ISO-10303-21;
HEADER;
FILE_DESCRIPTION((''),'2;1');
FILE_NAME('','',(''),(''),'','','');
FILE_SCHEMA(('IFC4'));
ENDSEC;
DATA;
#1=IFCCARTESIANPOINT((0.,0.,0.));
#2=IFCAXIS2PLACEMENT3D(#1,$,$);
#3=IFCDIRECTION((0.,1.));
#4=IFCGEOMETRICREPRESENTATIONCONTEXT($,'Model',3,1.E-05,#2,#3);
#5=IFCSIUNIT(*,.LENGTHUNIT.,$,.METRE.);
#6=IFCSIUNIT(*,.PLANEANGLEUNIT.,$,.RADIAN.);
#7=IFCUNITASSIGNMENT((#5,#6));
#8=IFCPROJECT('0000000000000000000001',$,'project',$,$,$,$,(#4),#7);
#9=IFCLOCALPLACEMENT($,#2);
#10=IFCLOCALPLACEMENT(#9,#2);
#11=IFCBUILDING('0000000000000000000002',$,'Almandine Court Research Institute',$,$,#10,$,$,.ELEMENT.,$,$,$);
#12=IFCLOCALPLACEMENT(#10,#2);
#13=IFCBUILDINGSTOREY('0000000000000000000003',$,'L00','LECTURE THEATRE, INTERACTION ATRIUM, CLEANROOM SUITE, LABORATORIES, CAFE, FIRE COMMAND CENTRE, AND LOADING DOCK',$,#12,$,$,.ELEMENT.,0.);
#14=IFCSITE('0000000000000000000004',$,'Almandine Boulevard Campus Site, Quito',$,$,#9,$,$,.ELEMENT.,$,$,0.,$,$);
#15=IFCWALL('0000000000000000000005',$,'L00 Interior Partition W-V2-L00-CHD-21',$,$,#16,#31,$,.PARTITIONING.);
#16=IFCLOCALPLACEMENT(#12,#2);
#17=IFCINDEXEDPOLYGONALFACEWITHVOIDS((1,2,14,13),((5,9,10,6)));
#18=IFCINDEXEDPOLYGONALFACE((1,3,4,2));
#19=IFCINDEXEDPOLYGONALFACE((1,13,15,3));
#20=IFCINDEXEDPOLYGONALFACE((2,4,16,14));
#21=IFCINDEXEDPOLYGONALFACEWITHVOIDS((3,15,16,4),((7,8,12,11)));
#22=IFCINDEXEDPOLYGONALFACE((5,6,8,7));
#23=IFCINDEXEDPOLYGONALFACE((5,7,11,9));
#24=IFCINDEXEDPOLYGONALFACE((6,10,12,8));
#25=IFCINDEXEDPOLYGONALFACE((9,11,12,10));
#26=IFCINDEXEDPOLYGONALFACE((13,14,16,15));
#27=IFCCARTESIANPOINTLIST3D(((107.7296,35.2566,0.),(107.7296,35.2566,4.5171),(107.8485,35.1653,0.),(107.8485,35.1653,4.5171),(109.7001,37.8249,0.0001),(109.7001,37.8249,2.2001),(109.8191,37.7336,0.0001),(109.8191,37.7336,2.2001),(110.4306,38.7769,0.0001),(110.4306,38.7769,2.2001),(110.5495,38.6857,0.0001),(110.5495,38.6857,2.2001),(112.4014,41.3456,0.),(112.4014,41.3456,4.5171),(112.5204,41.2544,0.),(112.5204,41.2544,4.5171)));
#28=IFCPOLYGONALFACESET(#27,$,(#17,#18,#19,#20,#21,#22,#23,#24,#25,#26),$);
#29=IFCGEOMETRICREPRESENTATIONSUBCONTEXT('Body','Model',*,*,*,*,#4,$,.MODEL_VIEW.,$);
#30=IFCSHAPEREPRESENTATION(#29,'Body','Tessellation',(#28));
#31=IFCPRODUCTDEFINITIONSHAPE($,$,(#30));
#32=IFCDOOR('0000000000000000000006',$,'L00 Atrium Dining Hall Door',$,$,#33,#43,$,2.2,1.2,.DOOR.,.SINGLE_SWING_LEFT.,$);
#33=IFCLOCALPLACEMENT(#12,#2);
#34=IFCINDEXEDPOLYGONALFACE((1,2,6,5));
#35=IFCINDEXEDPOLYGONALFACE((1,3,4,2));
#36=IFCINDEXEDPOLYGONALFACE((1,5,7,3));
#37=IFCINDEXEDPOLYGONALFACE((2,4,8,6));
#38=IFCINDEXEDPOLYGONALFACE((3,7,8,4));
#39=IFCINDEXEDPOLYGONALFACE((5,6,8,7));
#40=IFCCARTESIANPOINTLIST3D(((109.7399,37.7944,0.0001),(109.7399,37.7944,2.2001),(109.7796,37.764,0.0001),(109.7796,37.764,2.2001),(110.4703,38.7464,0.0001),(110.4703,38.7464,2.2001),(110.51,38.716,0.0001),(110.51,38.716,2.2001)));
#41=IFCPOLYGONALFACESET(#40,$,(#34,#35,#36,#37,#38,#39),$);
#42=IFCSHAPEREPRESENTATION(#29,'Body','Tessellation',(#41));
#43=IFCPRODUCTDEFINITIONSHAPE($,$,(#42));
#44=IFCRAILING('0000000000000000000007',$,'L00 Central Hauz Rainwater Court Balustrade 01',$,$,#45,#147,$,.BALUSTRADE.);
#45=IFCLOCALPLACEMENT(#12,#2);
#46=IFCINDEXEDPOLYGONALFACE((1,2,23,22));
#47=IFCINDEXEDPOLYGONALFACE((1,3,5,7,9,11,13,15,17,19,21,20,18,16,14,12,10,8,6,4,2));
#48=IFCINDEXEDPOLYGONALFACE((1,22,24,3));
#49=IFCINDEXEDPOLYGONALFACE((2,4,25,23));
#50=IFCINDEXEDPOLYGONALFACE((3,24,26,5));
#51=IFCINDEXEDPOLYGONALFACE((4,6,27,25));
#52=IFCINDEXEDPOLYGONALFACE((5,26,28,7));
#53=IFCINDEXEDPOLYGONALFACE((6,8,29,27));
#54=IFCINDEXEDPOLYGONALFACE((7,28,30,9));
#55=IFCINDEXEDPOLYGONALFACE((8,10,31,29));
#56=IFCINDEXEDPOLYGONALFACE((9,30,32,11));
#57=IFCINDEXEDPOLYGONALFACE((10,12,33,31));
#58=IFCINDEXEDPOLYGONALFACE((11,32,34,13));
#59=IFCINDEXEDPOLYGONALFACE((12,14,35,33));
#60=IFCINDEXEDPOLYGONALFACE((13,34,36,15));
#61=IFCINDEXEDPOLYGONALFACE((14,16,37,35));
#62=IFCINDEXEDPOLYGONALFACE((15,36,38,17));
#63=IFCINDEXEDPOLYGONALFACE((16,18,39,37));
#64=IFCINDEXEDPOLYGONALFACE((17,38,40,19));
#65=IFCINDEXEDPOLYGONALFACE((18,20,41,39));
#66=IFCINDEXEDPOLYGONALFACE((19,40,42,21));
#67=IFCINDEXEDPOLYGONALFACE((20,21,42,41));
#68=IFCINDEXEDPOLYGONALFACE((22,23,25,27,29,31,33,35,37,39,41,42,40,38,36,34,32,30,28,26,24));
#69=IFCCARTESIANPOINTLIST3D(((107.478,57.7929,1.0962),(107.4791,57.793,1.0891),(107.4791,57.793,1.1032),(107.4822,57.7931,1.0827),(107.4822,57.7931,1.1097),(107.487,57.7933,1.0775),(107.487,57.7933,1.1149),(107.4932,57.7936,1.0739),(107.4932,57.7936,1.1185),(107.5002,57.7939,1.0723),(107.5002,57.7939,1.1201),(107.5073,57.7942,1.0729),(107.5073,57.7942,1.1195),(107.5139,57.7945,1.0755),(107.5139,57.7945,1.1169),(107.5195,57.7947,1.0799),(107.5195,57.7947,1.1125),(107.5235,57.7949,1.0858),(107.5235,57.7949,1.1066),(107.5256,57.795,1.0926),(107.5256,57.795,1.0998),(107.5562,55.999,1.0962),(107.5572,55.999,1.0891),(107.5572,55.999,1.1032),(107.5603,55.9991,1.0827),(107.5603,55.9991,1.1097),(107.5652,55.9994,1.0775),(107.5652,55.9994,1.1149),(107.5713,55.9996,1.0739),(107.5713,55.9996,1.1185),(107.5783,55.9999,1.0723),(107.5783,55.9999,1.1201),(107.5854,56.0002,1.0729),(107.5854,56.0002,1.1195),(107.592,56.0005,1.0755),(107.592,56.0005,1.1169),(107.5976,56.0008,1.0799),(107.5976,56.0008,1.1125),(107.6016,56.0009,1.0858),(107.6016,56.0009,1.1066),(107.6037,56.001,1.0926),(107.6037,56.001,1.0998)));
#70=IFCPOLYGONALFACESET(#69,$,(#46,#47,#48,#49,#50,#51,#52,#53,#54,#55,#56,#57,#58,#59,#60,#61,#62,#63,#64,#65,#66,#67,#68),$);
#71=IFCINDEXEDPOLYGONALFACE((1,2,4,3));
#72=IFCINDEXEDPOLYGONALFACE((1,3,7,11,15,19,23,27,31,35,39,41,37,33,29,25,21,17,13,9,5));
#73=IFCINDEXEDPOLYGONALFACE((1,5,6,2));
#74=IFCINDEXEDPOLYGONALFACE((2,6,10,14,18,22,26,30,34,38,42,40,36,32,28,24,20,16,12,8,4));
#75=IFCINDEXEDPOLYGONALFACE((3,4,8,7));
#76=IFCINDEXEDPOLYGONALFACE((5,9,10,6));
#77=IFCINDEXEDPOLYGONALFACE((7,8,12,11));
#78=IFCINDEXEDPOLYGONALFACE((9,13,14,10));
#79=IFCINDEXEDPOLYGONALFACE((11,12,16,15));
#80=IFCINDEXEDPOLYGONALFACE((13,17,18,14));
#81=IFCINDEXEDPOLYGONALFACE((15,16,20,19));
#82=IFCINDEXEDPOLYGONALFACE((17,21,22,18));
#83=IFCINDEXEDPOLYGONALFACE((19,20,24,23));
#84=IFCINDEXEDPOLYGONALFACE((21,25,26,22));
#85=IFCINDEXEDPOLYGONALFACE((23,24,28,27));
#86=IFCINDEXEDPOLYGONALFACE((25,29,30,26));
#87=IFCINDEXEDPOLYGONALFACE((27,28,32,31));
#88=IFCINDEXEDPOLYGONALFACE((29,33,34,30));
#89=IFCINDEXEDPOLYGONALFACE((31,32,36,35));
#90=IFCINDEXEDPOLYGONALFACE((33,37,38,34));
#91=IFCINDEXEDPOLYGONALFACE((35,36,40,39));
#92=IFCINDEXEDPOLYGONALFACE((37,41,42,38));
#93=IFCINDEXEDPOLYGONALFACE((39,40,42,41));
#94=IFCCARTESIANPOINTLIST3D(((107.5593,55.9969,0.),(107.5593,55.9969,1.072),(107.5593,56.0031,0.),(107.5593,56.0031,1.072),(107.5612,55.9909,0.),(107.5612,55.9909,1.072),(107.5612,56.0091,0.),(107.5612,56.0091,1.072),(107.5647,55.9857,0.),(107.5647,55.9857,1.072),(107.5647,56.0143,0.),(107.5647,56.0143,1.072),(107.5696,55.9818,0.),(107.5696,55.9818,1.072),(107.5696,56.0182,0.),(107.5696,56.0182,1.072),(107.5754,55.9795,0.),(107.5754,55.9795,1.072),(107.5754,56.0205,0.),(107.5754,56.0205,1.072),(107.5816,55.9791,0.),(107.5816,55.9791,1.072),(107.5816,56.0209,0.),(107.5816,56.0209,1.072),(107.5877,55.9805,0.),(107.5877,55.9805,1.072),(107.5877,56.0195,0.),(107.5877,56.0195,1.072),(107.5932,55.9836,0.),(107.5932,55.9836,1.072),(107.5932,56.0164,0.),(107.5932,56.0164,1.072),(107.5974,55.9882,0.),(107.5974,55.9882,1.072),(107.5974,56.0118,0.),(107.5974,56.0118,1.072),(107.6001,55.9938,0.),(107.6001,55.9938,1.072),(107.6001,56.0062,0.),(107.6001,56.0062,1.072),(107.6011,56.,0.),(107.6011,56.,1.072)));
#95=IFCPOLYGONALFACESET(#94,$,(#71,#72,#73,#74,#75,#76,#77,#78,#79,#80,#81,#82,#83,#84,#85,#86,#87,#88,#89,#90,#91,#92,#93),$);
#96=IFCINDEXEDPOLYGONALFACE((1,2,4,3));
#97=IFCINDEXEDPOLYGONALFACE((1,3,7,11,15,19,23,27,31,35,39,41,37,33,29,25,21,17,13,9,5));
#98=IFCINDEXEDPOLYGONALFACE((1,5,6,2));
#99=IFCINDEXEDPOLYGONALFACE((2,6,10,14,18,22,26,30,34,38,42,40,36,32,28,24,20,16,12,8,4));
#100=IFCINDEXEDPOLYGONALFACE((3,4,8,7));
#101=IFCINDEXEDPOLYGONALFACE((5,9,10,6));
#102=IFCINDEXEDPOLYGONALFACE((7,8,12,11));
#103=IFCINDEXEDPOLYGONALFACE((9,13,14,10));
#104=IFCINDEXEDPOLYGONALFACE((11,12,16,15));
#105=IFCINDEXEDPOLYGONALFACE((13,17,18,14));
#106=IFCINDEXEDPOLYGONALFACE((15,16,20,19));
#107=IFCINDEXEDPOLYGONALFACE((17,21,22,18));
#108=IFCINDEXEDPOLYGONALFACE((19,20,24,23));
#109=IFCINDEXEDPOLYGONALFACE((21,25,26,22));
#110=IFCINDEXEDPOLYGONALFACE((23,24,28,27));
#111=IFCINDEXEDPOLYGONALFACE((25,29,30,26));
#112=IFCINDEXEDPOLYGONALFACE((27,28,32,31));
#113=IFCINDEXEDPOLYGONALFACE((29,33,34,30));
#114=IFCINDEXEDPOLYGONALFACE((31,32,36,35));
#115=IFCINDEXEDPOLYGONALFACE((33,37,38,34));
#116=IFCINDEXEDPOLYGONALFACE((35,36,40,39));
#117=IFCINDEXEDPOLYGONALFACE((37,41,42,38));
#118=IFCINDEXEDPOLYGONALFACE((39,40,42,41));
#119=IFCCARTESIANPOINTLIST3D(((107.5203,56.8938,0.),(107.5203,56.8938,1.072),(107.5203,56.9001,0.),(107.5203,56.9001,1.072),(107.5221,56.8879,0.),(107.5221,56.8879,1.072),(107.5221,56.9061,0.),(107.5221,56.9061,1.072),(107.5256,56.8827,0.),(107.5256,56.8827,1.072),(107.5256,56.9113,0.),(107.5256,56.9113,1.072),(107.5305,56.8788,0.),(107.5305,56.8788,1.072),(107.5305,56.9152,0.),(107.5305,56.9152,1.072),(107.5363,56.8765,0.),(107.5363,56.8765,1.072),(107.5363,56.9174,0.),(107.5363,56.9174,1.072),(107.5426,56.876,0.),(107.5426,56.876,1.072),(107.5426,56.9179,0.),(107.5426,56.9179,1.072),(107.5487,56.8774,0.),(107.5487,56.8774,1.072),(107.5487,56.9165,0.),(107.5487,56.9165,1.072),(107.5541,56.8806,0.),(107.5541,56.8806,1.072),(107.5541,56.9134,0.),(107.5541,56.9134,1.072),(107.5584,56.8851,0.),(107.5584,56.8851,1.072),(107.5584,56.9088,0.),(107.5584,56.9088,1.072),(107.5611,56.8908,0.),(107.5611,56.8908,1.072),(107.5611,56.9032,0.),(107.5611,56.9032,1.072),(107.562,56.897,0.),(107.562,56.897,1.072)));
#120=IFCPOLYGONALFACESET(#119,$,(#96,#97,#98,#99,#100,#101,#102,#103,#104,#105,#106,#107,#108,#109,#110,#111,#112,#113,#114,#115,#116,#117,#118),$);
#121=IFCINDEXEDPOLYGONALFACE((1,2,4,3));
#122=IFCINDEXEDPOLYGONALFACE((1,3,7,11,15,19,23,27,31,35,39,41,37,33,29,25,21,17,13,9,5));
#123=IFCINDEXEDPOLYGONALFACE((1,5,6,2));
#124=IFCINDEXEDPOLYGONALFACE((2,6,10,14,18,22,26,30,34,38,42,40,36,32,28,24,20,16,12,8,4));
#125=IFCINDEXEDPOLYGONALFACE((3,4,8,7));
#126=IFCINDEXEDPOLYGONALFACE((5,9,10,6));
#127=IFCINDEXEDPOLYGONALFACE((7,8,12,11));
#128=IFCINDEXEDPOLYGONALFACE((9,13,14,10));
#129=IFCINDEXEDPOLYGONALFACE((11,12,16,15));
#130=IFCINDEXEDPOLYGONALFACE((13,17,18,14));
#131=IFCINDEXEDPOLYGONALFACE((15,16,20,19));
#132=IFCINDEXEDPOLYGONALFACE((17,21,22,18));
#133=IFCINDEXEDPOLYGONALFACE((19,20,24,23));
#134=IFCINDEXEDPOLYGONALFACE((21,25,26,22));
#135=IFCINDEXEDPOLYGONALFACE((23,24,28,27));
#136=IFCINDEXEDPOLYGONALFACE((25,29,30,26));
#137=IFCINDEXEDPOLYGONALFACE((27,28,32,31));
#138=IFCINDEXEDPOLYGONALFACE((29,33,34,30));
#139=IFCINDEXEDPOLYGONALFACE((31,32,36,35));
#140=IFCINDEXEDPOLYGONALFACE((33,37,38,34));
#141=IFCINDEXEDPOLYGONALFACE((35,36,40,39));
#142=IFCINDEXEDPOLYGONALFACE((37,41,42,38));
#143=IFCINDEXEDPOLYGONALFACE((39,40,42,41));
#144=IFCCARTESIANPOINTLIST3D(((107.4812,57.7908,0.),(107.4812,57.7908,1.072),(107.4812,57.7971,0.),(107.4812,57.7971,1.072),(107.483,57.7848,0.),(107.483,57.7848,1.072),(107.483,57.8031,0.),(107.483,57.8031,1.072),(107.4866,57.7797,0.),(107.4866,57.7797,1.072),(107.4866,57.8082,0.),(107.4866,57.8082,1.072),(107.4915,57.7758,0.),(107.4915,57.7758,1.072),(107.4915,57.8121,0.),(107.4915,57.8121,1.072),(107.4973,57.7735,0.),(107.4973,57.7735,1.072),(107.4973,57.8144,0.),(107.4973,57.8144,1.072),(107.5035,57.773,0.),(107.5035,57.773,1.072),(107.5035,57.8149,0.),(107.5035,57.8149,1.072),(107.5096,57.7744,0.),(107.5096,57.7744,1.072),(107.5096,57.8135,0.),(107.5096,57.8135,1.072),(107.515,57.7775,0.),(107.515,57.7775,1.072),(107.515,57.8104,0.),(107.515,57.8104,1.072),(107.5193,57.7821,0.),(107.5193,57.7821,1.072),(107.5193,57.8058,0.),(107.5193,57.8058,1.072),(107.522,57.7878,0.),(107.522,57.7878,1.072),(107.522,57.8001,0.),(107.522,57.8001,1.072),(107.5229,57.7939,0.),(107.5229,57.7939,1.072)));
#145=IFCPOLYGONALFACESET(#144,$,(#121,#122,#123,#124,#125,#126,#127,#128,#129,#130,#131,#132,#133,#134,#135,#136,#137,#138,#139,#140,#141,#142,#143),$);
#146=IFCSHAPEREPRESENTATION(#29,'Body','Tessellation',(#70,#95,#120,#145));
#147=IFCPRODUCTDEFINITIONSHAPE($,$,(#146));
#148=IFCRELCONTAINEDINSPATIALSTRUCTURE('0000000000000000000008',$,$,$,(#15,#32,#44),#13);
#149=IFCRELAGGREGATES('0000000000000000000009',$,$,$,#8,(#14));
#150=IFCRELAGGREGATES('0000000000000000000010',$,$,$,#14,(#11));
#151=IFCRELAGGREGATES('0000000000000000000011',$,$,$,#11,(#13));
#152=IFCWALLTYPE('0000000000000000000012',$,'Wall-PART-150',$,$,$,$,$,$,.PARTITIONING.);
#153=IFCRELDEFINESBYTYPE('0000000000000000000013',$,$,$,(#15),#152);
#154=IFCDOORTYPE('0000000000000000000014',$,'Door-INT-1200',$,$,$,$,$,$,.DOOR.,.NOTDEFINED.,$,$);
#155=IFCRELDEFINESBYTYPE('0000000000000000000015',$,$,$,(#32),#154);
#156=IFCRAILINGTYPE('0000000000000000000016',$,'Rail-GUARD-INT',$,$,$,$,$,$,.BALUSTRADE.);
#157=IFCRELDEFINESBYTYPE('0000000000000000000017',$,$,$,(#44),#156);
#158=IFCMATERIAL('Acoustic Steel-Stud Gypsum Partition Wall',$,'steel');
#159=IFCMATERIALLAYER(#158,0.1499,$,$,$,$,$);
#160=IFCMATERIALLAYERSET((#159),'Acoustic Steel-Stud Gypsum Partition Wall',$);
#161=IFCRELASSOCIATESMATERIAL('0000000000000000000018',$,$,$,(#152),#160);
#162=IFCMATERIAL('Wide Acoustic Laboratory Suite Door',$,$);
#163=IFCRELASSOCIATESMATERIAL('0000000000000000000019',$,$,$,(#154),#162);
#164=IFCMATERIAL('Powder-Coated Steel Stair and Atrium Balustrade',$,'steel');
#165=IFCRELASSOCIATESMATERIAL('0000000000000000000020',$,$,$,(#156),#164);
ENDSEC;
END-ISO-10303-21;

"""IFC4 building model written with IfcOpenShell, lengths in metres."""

from ifc_helpers import new_model, si_unit, direction, frame, frame_2d, origin, origin_2d, place, context, subcontext, project, spatial, rectangle, circle, extrude, material, layer, layer_set, type_object, element, fill, save


model = new_model("IFC4")

# Units and contexts
model_context = context("Model", 3, precision=1e-05, world=origin(), true_north=direction((0.0, 1.0)))
body_context = subcontext(model_context, "Body", "Model", "MODEL_VIEW")
ifc_project = project(units=[si_unit("LENGTHUNIT", "METRE"), si_unit("PLANEANGLEUNIT", "RADIAN")], contexts=[model_context])

# Site, building, storey
site_placement = place(None, origin())
site = spatial("IfcSite", under=ifc_project, at=site_placement, Name="Almandine Boulevard Campus Site, Quito", CompositionType="ELEMENT", RefElevation=0.0)
building_placement = place(site_placement, origin())
building = spatial("IfcBuilding", under=site, at=building_placement, Name="Almandine Court Research Institute", CompositionType="ELEMENT")
storey_placement = place(building_placement, origin())
storey = spatial("IfcBuildingStorey", under=building, at=storey_placement, Name="L00", Description="LECTURE THEATRE, INTERACTION ATRIUM, CLEANROOM SUITE, LABORATORIES, CAFE, FIRE COMMAND CENTRE, AND LOADING DOCK", CompositionType="ELEMENT", Elevation=0.0)

# Shared definitions
ifc_material_1 = material(Name="Acoustic Steel-Stud Gypsum Partition Wall", Category="steel")
ifc_layer = layer(ifc_material_1, 0.1499)
ifc_layer_set = layer_set([ifc_layer], Name="Acoustic Steel-Stud Gypsum Partition Wall")
wall_type = type_object("IfcWallType", Name="Wall-PART-150", PredefinedType="PARTITIONING", material=ifc_layer_set)

# Wall, opening, door
wall_1_placement = place(storey_placement, frame((107.7891, 35.2109, 0.0), z_axis=(0.0, 0.0, 1.0), x_axis=(0.608723, 0.793383, 0.0)))
wall_1 = element("IfcWall", 1, at=wall_1_placement, inside=storey, type_object=wall_type, Name="L00 Interior Partition W-V2-L00-CHD-21", PredefinedType="PARTITIONING", context=body_context, shape_type="SweptSolid", body=[
    extrude(rectangle(XDim=7.6748, YDim=0.1499, at=frame_2d((3.8374, 0.0))), origin(), (0.0, 0.0, 1.0), 4.5171),
])
opening_placement = place(wall_1_placement, frame((3.2371, 0.0, 0.0)))
opening = element("IfcOpeningElement", 2, at=opening_placement, cuts=wall_1, PredefinedType="OPENING", context=body_context, shape_type="SweptSolid", body=[
    extrude(rectangle(XDim=1.2, YDim=2.2, at=frame_2d((0.6001, 1.1001))), frame((0.0, 0.085, 0.0), z_axis=(0.0, -1.0, 0.0), x_axis=(1.0, 0.0, 0.0)), (0.0, 0.0, 1.0), 0.1699),
])
ifc_material_2 = material(Name="Wide Acoustic Laboratory Suite Door")
door_type = type_object("IfcDoorType", Name="Door-INT-1200", OperationType="NOTDEFINED", PredefinedType="DOOR", material=ifc_material_2)
door_placement = place(opening_placement, origin())
door = element("IfcDoor", 3, at=door_placement, inside=storey, type_object=door_type, Name="L00 Atrium Dining Hall Door", OperationType="SINGLE_SWING_LEFT", OverallHeight=2.2, OverallWidth=1.2, PredefinedType="DOOR", context=body_context, shape_type="SweptSolid", body=[
    extrude(rectangle(XDim=1.2, YDim=2.2, at=frame_2d((0.6001, 1.1001))), frame((0.0, 0.0249, 0.0), z_axis=(0.0, -1.0, 0.0), x_axis=(1.0, 0.0, 0.0)), (0.0, 0.0, 1.0), 0.05),
])
fill(opening, door)

# Railing
ifc_material_3 = material(Name="Powder-Coated Steel Stair and Atrium Balustrade", Category="steel")
railing_type = type_object("IfcRailingType", Name="Rail-GUARD-INT", PredefinedType="BALUSTRADE", material=ifc_material_3)
railing_1_placement = place(storey_placement, frame((107.5801, 56.0, 0.0)))
element("IfcRailing", 4, at=railing_1_placement, inside=storey, type_object=railing_type, Name="L00 Central Hauz Rainwater Court Balustrade 01", PredefinedType="BALUSTRADE", context=body_context, shape_type="SweptSolid", body=[
    extrude(circle(Radius=0.0239, at=origin_2d()), frame((0.0, 0.0, 1.0962), z_axis=(-0.043508, 0.999053, 0.0), x_axis=(-0.999053, -0.043508, 0.0)), (0.0, 0.0, 1.0), 1.7957),
    extrude(circle(Radius=0.021, at=origin_2d()), origin(), (0.0, 0.0, 1.0), 1.072),
    extrude(circle(Radius=0.021, at=origin_2d()), frame((-0.0391, 0.897, 0.0)), (0.0, 0.0, 1.0), 1.072),
    extrude(circle(Radius=0.021, at=origin_2d()), frame((-0.0781, 1.7939, 0.0)), (0.0, 0.0, 1.0), 1.072),
])

save(model, "model.ifc")
